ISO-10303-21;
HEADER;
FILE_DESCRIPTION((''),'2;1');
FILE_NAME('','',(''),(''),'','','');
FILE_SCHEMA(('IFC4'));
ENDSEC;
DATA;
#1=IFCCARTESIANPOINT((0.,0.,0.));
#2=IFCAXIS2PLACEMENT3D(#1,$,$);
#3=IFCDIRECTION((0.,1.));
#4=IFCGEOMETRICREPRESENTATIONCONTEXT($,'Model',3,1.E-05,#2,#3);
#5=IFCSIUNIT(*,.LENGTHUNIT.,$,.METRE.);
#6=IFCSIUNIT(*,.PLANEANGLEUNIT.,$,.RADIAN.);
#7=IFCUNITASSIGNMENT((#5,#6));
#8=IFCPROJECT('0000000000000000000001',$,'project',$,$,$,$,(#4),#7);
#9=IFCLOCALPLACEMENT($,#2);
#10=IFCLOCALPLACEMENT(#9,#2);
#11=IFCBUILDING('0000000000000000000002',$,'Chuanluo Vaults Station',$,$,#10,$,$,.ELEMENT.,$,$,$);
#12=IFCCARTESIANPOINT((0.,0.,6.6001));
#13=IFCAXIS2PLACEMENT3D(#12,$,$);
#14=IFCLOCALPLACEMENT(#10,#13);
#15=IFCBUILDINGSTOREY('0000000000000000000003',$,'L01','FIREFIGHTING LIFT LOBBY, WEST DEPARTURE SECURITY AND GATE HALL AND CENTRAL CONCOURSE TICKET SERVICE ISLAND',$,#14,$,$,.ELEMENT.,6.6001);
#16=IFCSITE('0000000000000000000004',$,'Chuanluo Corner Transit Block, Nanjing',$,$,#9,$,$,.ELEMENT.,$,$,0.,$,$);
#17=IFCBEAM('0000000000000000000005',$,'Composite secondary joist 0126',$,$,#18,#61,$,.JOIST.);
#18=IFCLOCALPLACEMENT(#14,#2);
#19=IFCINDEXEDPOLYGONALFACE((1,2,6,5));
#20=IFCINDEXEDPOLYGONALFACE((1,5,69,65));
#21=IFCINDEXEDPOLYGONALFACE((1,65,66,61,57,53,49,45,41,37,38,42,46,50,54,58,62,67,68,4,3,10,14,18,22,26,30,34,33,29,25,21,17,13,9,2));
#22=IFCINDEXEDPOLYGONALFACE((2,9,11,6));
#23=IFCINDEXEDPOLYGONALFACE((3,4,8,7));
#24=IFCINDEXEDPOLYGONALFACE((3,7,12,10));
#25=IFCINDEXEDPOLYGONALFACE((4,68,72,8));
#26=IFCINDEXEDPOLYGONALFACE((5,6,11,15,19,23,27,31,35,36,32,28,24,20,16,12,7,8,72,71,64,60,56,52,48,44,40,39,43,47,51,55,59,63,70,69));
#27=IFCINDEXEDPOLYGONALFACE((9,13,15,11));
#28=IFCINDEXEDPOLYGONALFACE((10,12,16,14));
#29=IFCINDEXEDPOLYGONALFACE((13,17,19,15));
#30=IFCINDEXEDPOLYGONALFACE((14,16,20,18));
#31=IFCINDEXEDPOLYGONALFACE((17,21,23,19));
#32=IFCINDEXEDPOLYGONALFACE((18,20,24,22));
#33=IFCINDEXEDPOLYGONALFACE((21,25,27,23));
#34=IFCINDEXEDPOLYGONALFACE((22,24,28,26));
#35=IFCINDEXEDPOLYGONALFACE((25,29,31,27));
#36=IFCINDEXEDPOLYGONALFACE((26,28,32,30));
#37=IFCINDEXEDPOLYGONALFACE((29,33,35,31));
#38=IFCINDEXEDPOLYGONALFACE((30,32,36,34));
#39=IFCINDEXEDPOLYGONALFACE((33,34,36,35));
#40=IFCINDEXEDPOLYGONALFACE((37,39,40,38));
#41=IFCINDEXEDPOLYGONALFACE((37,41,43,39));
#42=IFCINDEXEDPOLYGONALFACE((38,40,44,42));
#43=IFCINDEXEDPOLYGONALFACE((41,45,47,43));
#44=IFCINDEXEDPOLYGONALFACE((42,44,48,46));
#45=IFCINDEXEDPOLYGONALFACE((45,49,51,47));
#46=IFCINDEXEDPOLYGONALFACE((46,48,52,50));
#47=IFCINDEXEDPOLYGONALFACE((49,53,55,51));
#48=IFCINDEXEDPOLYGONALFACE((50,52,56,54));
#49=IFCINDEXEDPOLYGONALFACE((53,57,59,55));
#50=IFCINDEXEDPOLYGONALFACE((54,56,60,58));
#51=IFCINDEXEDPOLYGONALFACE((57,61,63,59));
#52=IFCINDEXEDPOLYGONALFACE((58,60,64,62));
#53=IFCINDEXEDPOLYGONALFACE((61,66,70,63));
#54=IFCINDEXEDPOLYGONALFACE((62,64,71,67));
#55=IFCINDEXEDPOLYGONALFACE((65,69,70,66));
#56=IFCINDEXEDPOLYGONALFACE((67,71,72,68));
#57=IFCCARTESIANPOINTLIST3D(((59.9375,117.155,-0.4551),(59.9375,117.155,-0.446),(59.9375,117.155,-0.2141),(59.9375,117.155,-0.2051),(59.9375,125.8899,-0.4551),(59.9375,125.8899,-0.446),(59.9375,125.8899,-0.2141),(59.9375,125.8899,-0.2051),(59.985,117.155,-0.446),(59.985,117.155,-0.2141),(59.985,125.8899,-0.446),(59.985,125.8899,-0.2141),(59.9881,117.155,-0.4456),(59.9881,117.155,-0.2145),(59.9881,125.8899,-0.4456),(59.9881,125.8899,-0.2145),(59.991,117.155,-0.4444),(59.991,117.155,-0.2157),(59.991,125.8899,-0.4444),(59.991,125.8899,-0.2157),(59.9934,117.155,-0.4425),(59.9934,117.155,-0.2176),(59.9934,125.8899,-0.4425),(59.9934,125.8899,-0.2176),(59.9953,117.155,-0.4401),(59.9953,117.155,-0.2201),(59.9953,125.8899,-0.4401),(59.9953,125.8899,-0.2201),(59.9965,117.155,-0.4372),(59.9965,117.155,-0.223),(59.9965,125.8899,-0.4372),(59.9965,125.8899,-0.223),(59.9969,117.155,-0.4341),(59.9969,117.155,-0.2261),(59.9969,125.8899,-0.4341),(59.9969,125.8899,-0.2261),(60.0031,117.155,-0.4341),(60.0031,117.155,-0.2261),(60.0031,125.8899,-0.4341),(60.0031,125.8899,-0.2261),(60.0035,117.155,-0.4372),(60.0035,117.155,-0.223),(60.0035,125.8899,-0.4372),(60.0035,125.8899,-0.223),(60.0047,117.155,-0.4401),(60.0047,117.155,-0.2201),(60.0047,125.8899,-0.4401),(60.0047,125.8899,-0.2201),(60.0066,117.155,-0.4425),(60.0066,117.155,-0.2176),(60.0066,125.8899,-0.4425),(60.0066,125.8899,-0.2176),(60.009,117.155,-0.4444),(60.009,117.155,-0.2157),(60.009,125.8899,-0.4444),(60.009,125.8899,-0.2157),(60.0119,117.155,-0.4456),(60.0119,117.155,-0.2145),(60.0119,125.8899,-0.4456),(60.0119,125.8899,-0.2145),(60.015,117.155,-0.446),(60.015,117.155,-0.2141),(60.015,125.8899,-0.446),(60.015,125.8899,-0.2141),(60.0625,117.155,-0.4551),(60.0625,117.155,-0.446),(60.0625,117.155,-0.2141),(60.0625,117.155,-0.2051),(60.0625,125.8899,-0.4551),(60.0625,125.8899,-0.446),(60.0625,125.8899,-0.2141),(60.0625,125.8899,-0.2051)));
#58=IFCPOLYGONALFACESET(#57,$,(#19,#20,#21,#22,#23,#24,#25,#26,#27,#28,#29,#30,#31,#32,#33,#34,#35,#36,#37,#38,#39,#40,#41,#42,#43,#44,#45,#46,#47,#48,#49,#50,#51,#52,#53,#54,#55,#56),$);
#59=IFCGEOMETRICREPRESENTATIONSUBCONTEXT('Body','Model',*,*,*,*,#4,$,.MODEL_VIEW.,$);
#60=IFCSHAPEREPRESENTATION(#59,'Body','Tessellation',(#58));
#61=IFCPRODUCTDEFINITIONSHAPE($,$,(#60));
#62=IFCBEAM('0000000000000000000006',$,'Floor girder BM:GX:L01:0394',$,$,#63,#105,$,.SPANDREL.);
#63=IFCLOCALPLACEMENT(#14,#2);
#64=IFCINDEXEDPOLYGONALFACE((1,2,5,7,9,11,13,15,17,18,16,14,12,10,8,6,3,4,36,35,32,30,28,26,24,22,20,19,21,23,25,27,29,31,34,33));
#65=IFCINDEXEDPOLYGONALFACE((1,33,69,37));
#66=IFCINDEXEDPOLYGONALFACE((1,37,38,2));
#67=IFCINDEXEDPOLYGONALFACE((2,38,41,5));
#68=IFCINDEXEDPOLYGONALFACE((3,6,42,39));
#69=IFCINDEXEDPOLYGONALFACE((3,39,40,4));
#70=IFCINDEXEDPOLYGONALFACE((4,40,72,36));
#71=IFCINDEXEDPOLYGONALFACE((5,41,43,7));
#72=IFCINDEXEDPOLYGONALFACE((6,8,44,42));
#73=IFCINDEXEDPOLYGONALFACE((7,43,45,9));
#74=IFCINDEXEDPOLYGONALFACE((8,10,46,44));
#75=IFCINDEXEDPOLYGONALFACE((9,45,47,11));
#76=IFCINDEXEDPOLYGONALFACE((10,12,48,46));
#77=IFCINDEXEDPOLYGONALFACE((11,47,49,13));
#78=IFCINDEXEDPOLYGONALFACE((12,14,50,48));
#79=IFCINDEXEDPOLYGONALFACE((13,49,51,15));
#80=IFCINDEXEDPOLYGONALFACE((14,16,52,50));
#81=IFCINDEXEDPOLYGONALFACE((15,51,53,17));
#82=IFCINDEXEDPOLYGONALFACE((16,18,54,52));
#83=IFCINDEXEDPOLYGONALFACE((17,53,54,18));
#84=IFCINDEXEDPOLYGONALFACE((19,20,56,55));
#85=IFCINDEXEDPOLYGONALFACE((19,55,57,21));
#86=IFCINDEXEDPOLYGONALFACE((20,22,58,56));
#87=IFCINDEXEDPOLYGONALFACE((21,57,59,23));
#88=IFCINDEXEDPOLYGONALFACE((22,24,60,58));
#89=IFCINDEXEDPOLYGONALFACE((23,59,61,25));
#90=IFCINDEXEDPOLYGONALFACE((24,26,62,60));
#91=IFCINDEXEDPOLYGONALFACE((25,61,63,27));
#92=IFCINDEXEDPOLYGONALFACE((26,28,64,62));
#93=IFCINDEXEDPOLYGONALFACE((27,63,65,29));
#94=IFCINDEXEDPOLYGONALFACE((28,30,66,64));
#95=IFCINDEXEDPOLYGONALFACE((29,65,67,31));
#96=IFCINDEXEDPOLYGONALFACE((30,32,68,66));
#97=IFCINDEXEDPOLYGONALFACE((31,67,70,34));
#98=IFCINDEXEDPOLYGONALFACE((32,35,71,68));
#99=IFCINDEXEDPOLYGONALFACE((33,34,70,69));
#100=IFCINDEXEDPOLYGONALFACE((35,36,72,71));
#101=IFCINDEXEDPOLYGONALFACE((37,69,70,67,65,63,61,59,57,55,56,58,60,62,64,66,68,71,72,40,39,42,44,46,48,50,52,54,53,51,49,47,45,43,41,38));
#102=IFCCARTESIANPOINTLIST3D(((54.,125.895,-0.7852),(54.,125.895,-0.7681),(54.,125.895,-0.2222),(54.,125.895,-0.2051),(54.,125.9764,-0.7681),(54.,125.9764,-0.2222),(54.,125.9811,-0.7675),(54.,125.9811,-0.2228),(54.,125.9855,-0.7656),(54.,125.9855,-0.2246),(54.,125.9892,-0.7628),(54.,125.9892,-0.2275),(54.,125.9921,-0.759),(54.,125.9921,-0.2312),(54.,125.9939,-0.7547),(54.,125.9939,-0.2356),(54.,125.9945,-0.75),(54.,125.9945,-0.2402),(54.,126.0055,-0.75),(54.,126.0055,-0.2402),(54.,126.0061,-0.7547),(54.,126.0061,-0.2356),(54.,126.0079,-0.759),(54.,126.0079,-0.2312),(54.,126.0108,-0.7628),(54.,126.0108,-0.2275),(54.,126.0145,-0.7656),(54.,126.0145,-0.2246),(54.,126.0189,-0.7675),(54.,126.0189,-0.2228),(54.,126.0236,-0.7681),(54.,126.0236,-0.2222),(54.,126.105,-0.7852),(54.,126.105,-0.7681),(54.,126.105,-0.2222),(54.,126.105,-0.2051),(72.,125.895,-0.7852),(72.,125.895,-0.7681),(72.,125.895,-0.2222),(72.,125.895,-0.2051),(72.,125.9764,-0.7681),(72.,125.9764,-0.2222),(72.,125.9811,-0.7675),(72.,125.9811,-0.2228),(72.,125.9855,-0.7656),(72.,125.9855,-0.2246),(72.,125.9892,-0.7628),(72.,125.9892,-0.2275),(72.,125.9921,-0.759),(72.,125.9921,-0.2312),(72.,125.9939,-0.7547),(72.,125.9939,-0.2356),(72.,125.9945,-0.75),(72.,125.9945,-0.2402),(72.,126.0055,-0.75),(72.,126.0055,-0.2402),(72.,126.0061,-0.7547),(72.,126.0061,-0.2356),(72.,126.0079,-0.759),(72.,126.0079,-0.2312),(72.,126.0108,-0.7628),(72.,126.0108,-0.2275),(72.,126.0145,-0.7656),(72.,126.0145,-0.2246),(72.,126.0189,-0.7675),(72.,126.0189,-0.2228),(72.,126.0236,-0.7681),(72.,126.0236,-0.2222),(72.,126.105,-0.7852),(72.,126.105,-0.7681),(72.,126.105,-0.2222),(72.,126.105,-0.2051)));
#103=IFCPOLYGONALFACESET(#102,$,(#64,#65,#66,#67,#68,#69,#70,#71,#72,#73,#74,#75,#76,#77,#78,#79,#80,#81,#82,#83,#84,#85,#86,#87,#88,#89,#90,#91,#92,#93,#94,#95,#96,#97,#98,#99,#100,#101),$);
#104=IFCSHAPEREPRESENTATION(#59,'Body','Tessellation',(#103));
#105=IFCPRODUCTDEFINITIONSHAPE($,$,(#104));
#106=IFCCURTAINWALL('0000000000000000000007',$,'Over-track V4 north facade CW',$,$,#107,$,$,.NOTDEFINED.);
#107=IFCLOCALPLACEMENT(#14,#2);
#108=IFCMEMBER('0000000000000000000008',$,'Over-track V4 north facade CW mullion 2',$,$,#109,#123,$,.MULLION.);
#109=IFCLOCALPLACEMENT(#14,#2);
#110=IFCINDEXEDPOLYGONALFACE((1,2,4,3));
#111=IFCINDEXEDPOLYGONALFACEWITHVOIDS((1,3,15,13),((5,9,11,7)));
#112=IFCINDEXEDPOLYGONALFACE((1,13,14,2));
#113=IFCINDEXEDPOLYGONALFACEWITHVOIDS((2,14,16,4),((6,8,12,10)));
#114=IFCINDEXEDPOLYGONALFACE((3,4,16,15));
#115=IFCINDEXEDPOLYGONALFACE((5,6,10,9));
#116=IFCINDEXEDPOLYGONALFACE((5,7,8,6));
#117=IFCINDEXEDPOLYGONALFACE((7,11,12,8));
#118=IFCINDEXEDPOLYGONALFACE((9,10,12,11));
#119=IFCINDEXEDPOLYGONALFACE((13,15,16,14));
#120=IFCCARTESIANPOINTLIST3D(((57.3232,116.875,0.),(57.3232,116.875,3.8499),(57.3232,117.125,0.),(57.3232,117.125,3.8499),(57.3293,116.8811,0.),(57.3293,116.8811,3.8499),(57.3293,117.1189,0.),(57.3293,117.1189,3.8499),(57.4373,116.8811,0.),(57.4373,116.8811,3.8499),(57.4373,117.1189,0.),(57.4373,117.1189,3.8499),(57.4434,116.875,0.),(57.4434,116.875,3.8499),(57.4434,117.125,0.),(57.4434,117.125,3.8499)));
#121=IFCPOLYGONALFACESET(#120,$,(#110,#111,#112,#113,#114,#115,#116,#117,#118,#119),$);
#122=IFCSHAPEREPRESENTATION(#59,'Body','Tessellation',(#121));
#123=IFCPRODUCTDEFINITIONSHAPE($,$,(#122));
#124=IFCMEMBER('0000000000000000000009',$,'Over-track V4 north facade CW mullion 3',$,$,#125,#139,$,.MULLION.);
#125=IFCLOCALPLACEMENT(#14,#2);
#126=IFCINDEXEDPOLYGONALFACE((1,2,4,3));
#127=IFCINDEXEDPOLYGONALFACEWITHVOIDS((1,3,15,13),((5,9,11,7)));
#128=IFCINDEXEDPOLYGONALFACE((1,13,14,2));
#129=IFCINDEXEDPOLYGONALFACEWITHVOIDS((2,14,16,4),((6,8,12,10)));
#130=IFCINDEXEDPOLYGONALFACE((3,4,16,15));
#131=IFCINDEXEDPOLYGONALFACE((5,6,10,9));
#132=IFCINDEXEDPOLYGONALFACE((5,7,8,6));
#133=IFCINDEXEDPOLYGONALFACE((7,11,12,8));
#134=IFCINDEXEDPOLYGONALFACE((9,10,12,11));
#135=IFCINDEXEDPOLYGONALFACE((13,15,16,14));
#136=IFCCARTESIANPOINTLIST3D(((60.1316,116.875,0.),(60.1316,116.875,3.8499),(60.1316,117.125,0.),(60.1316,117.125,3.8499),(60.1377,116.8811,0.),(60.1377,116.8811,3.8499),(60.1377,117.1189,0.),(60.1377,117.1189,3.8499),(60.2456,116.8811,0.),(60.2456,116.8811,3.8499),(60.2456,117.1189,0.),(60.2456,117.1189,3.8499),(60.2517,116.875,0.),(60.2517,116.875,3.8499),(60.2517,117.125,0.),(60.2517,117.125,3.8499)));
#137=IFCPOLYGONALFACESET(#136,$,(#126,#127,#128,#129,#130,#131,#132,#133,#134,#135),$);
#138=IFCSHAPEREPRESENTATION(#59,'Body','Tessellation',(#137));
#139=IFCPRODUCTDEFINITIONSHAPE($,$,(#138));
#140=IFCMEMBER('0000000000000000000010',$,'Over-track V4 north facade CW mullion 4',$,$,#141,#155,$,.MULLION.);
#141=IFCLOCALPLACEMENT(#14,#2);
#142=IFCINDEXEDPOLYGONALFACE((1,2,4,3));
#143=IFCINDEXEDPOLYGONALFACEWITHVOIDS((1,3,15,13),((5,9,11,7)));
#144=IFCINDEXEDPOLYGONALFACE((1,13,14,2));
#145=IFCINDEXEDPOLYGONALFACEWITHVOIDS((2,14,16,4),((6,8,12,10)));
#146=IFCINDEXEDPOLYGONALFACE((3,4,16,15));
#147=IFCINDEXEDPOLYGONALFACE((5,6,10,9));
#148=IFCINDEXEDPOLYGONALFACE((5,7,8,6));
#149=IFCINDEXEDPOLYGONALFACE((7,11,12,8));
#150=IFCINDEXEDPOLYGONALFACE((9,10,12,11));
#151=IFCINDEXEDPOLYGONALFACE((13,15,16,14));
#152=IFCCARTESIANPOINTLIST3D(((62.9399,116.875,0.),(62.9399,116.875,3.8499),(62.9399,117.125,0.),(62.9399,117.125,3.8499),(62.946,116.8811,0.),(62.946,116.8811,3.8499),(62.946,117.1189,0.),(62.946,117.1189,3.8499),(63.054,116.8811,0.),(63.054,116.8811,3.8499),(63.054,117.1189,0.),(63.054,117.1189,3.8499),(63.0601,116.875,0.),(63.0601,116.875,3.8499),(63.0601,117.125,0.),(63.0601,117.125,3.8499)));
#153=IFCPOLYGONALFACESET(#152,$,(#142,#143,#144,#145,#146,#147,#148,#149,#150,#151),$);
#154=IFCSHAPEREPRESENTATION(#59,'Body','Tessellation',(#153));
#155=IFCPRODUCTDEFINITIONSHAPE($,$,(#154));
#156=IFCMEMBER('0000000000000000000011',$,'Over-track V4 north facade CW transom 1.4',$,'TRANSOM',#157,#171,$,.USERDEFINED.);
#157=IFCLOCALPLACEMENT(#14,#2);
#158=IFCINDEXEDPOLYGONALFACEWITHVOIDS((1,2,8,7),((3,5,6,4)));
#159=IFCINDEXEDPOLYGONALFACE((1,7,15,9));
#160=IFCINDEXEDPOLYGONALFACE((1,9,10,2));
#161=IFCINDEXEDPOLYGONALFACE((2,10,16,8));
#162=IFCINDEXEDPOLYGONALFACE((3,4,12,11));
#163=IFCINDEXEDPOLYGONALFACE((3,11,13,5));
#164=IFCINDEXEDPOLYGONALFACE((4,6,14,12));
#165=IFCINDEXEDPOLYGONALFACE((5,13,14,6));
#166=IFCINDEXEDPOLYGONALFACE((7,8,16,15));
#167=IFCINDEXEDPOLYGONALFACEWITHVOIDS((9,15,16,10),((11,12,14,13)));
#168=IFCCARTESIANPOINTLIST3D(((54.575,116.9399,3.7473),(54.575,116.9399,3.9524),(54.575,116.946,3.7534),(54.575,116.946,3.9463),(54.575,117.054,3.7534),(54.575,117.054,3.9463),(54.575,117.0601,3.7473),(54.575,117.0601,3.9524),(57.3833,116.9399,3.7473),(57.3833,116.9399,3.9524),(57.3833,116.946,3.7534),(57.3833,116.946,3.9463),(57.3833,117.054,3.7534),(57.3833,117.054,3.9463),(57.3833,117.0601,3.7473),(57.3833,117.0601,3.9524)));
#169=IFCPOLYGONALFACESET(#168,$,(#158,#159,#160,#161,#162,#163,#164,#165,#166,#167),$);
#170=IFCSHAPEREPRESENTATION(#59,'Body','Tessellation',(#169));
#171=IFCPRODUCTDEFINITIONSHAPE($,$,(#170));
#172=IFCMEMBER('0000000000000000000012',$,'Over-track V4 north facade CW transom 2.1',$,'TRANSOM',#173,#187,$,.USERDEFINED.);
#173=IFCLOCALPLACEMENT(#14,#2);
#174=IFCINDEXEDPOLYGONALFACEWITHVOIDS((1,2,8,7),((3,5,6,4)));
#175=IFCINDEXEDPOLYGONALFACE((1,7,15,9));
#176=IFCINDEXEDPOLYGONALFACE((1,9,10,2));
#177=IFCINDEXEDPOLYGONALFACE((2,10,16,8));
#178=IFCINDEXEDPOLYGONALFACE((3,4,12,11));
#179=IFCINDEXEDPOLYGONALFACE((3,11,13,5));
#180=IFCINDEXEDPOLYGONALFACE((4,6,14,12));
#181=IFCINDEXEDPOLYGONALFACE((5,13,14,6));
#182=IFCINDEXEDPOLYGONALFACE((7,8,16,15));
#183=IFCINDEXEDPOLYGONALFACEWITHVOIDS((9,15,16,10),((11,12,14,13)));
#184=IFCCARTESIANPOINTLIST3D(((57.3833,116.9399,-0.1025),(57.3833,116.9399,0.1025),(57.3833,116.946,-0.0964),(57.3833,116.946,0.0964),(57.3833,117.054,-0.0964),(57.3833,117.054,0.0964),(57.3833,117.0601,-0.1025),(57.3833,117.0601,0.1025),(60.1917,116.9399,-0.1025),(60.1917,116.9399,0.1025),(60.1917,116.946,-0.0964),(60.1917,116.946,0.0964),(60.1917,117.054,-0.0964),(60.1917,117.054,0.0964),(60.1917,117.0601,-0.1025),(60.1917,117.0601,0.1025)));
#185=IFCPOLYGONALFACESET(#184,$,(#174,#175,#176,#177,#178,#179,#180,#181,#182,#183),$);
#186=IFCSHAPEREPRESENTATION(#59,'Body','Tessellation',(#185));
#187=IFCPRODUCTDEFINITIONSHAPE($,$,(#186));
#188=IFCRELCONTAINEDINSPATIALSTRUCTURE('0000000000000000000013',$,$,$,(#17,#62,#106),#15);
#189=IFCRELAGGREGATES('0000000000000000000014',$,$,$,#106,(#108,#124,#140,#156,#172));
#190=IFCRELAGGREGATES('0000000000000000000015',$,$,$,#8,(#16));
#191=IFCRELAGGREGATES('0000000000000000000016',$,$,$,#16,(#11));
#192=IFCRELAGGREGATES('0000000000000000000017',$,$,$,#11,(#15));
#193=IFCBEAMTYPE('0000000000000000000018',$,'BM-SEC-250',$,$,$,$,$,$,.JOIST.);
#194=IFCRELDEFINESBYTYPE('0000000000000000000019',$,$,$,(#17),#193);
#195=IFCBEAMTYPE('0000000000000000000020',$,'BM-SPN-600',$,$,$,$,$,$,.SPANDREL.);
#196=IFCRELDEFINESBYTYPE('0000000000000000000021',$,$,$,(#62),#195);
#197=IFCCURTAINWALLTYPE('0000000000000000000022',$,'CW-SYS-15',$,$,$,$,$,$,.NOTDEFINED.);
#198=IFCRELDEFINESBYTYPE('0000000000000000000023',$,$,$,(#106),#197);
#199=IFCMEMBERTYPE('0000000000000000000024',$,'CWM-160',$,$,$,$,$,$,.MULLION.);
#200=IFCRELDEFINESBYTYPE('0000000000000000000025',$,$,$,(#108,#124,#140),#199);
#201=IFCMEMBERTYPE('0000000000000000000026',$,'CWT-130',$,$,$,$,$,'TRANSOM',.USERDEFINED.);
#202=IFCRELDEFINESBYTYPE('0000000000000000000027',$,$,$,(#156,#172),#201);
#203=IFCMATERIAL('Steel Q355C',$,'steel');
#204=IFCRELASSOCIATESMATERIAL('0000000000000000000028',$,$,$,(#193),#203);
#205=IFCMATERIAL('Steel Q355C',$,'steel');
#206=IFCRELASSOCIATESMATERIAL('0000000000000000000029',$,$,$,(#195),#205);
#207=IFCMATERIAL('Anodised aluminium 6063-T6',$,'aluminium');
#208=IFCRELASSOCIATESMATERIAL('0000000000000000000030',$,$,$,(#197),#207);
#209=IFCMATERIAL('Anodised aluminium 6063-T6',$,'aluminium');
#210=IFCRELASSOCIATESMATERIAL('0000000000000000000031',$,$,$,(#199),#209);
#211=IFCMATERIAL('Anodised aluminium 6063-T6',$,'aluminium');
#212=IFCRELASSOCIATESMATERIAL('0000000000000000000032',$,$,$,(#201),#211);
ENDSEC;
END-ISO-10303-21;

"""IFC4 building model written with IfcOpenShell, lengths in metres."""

from ifc_helpers import new_model, si_unit, direction, frame, origin, origin_2d, place, context, subcontext, project, spatial, hollow_rectangle, i_section, extrude, material, material_profile, profile_set, type_object, element, aggregate, save


model = new_model("IFC4")

# Units and contexts
model_context = context("Model", 3, precision=1e-05, world=origin(), true_north=direction((0.0, 1.0)))
body_context = subcontext(model_context, "Body", "Model", "MODEL_VIEW")
ifc_project = project(units=[si_unit("LENGTHUNIT", "METRE"), si_unit("PLANEANGLEUNIT", "RADIAN")], contexts=[model_context])

# Site, building, storey
site_placement = place(None, origin())
site = spatial("IfcSite", under=ifc_project, at=site_placement, Name="Chuanluo Corner Transit Block, Nanjing", CompositionType="ELEMENT", RefElevation=0.0)
building_placement = place(site_placement, origin())
building = spatial("IfcBuilding", under=site, at=building_placement, Name="Chuanluo Vaults Station", CompositionType="ELEMENT")
storey_placement = place(building_placement, frame((0.0, 0.0, 6.6001)))
storey = spatial("IfcBuildingStorey", under=building, at=storey_placement, Name="L01", Description="FIREFIGHTING LIFT LOBBY, WEST DEPARTURE SECURITY AND GATE HALL AND CENTRAL CONCOURSE TICKET SERVICE ISLAND", CompositionType="ELEMENT", Elevation=6.6001)

# Beams
ifc_material_1 = material(Name="Steel Q355C", Category="steel")
ifc_material_profile_1 = material_profile(ifc_material_1, i_section(OverallWidth=0.125, OverallDepth=0.25, WebThickness=0.0061, FlangeThickness=0.009, FilletRadius=0.012, at=origin_2d()))
ifc_profile_set_1 = profile_set([ifc_material_profile_1], Name="Steel Q355C")
beam_type_1 = type_object("IfcBeamType", Name="BM-SEC-250", PredefinedType="JOIST", material=ifc_profile_set_1)
beam_1_placement = place(storey_placement, frame((60.0, 117.155, -0.3301), z_axis=(0.0, 1.0, 0.0), x_axis=(-1.0, 0.0, 0.0)))
element("IfcBeam", 1, at=beam_1_placement, inside=storey, type_object=beam_type_1, Name="Composite secondary joist 0126", PredefinedType="JOIST", context=body_context, shape_type="SweptSolid", body=[
    extrude(i_section(OverallWidth=0.125, OverallDepth=0.25, WebThickness=0.0061, FlangeThickness=0.009, FilletRadius=0.012, at=origin_2d()), origin(), (0.0, 0.0, 1.0), 8.7349),
])
ifc_material_2 = material(Name="Steel Q355C", Category="steel")
ifc_material_profile_2 = material_profile(ifc_material_2, i_section(OverallWidth=0.21, OverallDepth=0.5801, WebThickness=0.011, FlangeThickness=0.0171, FilletRadius=0.0181, at=origin_2d()))
ifc_profile_set_2 = profile_set([ifc_material_profile_2], Name="Steel Q355C")
beam_type_2 = type_object("IfcBeamType", Name="BM-SPN-600", PredefinedType="SPANDREL", material=ifc_profile_set_2)
beam_2_placement = place(storey_placement, frame((54.0, 126.0, -0.4951), z_axis=(1.0, 0.0, 0.0), x_axis=(0.0, 1.0, 0.0)))
element("IfcBeam", 2, at=beam_2_placement, inside=storey, type_object=beam_type_2, Name="Floor girder BM:GX:L01:0394", PredefinedType="SPANDREL", context=body_context, shape_type="SweptSolid", body=[
    extrude(i_section(OverallWidth=0.21, OverallDepth=0.5801, WebThickness=0.011, FlangeThickness=0.0171, FilletRadius=0.0181, at=origin_2d()), origin(), (0.0, 0.0, 1.0), 18.0),
])

# Curtain wall, members
ifc_material_3 = material(Name="Anodised aluminium 6063-T6", Category="aluminium")
curtain_wall_type = type_object("IfcCurtainWallType", Name="CW-SYS-15", PredefinedType="NOTDEFINED", material=ifc_material_3)
curtain_wall_placement = place(storey_placement, origin())
curtain_wall = element("IfcCurtainWall", 3, at=curtain_wall_placement, inside=storey, type_object=curtain_wall_type, Name="Over-track V4 north facade CW", PredefinedType="NOTDEFINED")
ifc_material_4 = material(Name="Anodised aluminium 6063-T6", Category="aluminium")
ifc_material_profile_3 = material_profile(ifc_material_4, hollow_rectangle(XDim=0.1201, YDim=0.25, WallThickness=0.0061, at=origin_2d()))
ifc_profile_set_3 = profile_set([ifc_material_profile_3], Name="Anodised aluminium 6063-T6")
member_type_1 = type_object("IfcMemberType", Name="CWM-160", PredefinedType="MULLION", material=ifc_profile_set_3)
member_1_placement = place(storey_placement, frame((57.3833, 117.0, 0.0), z_axis=(0.0, 0.0, 1.0), x_axis=(1.0, 0.0, 0.0)))
member_1 = element("IfcMember", 4, at=member_1_placement, type_object=member_type_1, Name="Over-track V4 north facade CW mullion 2", PredefinedType="MULLION", context=body_context, shape_type="SweptSolid", body=[
    extrude(hollow_rectangle(XDim=0.1201, YDim=0.25, WallThickness=0.0061, at=origin_2d()), origin(), (0.0, 0.0, 1.0), 3.8499),
])
member_2_placement = place(storey_placement, frame((60.1917, 117.0, 0.0), z_axis=(0.0, 0.0, 1.0), x_axis=(1.0, 0.0, 0.0)))
member_2 = element("IfcMember", 5, at=member_2_placement, type_object=member_type_1, Name="Over-track V4 north facade CW mullion 3", PredefinedType="MULLION", context=body_context, shape_type="SweptSolid", body=[
    extrude(hollow_rectangle(XDim=0.1201, YDim=0.25, WallThickness=0.0061, at=origin_2d()), origin(), (0.0, 0.0, 1.0), 3.8499),
])
member_3_placement = place(storey_placement, frame((63.0, 117.0, 0.0), z_axis=(0.0, 0.0, 1.0), x_axis=(1.0, 0.0, 0.0)))
member_3 = element("IfcMember", 6, at=member_3_placement, type_object=member_type_1, Name="Over-track V4 north facade CW mullion 4", PredefinedType="MULLION", context=body_context, shape_type="SweptSolid", body=[
    extrude(hollow_rectangle(XDim=0.1201, YDim=0.25, WallThickness=0.0061, at=origin_2d()), origin(), (0.0, 0.0, 1.0), 3.8499),
])
ifc_material_5 = material(Name="Anodised aluminium 6063-T6", Category="aluminium")
ifc_material_profile_4 = material_profile(ifc_material_5, hollow_rectangle(XDim=0.1201, YDim=0.2051, WallThickness=0.0061, at=origin_2d()))
ifc_profile_set_4 = profile_set([ifc_material_profile_4], Name="Anodised aluminium 6063-T6")
member_type_2 = type_object("IfcMemberType", Name="CWT-130", ElementType="TRANSOM", PredefinedType="USERDEFINED", material=ifc_profile_set_4)
member_4_placement = place(storey_placement, frame((54.575, 117.0, 3.8499), z_axis=(1.0, 0.0, 0.0), x_axis=(0.0, 1.0, 0.0)))
member_4 = element("IfcMember", 7, at=member_4_placement, type_object=member_type_2, Name="Over-track V4 north facade CW transom 1.4", ObjectType="TRANSOM", PredefinedType="USERDEFINED", context=body_context, shape_type="SweptSolid", body=[
    extrude(hollow_rectangle(XDim=0.1201, YDim=0.2051, WallThickness=0.0061, at=origin_2d()), origin(), (0.0, 0.0, 1.0), 2.8083),
])
member_5_placement = place(storey_placement, frame((57.3833, 117.0, 0.0), z_axis=(1.0, 0.0, 0.0), x_axis=(0.0, 1.0, 0.0)))
member_5 = element("IfcMember", 8, at=member_5_placement, type_object=member_type_2, Name="Over-track V4 north facade CW transom 2.1", ObjectType="TRANSOM", PredefinedType="USERDEFINED", context=body_context, shape_type="SweptSolid", body=[
    extrude(hollow_rectangle(XDim=0.1201, YDim=0.2051, WallThickness=0.0061, at=origin_2d()), origin(), (0.0, 0.0, 1.0), 2.8083),
])
aggregate(curtain_wall, [member_1, member_2, member_3, member_4, member_5])

save(model, "model.ifc")
